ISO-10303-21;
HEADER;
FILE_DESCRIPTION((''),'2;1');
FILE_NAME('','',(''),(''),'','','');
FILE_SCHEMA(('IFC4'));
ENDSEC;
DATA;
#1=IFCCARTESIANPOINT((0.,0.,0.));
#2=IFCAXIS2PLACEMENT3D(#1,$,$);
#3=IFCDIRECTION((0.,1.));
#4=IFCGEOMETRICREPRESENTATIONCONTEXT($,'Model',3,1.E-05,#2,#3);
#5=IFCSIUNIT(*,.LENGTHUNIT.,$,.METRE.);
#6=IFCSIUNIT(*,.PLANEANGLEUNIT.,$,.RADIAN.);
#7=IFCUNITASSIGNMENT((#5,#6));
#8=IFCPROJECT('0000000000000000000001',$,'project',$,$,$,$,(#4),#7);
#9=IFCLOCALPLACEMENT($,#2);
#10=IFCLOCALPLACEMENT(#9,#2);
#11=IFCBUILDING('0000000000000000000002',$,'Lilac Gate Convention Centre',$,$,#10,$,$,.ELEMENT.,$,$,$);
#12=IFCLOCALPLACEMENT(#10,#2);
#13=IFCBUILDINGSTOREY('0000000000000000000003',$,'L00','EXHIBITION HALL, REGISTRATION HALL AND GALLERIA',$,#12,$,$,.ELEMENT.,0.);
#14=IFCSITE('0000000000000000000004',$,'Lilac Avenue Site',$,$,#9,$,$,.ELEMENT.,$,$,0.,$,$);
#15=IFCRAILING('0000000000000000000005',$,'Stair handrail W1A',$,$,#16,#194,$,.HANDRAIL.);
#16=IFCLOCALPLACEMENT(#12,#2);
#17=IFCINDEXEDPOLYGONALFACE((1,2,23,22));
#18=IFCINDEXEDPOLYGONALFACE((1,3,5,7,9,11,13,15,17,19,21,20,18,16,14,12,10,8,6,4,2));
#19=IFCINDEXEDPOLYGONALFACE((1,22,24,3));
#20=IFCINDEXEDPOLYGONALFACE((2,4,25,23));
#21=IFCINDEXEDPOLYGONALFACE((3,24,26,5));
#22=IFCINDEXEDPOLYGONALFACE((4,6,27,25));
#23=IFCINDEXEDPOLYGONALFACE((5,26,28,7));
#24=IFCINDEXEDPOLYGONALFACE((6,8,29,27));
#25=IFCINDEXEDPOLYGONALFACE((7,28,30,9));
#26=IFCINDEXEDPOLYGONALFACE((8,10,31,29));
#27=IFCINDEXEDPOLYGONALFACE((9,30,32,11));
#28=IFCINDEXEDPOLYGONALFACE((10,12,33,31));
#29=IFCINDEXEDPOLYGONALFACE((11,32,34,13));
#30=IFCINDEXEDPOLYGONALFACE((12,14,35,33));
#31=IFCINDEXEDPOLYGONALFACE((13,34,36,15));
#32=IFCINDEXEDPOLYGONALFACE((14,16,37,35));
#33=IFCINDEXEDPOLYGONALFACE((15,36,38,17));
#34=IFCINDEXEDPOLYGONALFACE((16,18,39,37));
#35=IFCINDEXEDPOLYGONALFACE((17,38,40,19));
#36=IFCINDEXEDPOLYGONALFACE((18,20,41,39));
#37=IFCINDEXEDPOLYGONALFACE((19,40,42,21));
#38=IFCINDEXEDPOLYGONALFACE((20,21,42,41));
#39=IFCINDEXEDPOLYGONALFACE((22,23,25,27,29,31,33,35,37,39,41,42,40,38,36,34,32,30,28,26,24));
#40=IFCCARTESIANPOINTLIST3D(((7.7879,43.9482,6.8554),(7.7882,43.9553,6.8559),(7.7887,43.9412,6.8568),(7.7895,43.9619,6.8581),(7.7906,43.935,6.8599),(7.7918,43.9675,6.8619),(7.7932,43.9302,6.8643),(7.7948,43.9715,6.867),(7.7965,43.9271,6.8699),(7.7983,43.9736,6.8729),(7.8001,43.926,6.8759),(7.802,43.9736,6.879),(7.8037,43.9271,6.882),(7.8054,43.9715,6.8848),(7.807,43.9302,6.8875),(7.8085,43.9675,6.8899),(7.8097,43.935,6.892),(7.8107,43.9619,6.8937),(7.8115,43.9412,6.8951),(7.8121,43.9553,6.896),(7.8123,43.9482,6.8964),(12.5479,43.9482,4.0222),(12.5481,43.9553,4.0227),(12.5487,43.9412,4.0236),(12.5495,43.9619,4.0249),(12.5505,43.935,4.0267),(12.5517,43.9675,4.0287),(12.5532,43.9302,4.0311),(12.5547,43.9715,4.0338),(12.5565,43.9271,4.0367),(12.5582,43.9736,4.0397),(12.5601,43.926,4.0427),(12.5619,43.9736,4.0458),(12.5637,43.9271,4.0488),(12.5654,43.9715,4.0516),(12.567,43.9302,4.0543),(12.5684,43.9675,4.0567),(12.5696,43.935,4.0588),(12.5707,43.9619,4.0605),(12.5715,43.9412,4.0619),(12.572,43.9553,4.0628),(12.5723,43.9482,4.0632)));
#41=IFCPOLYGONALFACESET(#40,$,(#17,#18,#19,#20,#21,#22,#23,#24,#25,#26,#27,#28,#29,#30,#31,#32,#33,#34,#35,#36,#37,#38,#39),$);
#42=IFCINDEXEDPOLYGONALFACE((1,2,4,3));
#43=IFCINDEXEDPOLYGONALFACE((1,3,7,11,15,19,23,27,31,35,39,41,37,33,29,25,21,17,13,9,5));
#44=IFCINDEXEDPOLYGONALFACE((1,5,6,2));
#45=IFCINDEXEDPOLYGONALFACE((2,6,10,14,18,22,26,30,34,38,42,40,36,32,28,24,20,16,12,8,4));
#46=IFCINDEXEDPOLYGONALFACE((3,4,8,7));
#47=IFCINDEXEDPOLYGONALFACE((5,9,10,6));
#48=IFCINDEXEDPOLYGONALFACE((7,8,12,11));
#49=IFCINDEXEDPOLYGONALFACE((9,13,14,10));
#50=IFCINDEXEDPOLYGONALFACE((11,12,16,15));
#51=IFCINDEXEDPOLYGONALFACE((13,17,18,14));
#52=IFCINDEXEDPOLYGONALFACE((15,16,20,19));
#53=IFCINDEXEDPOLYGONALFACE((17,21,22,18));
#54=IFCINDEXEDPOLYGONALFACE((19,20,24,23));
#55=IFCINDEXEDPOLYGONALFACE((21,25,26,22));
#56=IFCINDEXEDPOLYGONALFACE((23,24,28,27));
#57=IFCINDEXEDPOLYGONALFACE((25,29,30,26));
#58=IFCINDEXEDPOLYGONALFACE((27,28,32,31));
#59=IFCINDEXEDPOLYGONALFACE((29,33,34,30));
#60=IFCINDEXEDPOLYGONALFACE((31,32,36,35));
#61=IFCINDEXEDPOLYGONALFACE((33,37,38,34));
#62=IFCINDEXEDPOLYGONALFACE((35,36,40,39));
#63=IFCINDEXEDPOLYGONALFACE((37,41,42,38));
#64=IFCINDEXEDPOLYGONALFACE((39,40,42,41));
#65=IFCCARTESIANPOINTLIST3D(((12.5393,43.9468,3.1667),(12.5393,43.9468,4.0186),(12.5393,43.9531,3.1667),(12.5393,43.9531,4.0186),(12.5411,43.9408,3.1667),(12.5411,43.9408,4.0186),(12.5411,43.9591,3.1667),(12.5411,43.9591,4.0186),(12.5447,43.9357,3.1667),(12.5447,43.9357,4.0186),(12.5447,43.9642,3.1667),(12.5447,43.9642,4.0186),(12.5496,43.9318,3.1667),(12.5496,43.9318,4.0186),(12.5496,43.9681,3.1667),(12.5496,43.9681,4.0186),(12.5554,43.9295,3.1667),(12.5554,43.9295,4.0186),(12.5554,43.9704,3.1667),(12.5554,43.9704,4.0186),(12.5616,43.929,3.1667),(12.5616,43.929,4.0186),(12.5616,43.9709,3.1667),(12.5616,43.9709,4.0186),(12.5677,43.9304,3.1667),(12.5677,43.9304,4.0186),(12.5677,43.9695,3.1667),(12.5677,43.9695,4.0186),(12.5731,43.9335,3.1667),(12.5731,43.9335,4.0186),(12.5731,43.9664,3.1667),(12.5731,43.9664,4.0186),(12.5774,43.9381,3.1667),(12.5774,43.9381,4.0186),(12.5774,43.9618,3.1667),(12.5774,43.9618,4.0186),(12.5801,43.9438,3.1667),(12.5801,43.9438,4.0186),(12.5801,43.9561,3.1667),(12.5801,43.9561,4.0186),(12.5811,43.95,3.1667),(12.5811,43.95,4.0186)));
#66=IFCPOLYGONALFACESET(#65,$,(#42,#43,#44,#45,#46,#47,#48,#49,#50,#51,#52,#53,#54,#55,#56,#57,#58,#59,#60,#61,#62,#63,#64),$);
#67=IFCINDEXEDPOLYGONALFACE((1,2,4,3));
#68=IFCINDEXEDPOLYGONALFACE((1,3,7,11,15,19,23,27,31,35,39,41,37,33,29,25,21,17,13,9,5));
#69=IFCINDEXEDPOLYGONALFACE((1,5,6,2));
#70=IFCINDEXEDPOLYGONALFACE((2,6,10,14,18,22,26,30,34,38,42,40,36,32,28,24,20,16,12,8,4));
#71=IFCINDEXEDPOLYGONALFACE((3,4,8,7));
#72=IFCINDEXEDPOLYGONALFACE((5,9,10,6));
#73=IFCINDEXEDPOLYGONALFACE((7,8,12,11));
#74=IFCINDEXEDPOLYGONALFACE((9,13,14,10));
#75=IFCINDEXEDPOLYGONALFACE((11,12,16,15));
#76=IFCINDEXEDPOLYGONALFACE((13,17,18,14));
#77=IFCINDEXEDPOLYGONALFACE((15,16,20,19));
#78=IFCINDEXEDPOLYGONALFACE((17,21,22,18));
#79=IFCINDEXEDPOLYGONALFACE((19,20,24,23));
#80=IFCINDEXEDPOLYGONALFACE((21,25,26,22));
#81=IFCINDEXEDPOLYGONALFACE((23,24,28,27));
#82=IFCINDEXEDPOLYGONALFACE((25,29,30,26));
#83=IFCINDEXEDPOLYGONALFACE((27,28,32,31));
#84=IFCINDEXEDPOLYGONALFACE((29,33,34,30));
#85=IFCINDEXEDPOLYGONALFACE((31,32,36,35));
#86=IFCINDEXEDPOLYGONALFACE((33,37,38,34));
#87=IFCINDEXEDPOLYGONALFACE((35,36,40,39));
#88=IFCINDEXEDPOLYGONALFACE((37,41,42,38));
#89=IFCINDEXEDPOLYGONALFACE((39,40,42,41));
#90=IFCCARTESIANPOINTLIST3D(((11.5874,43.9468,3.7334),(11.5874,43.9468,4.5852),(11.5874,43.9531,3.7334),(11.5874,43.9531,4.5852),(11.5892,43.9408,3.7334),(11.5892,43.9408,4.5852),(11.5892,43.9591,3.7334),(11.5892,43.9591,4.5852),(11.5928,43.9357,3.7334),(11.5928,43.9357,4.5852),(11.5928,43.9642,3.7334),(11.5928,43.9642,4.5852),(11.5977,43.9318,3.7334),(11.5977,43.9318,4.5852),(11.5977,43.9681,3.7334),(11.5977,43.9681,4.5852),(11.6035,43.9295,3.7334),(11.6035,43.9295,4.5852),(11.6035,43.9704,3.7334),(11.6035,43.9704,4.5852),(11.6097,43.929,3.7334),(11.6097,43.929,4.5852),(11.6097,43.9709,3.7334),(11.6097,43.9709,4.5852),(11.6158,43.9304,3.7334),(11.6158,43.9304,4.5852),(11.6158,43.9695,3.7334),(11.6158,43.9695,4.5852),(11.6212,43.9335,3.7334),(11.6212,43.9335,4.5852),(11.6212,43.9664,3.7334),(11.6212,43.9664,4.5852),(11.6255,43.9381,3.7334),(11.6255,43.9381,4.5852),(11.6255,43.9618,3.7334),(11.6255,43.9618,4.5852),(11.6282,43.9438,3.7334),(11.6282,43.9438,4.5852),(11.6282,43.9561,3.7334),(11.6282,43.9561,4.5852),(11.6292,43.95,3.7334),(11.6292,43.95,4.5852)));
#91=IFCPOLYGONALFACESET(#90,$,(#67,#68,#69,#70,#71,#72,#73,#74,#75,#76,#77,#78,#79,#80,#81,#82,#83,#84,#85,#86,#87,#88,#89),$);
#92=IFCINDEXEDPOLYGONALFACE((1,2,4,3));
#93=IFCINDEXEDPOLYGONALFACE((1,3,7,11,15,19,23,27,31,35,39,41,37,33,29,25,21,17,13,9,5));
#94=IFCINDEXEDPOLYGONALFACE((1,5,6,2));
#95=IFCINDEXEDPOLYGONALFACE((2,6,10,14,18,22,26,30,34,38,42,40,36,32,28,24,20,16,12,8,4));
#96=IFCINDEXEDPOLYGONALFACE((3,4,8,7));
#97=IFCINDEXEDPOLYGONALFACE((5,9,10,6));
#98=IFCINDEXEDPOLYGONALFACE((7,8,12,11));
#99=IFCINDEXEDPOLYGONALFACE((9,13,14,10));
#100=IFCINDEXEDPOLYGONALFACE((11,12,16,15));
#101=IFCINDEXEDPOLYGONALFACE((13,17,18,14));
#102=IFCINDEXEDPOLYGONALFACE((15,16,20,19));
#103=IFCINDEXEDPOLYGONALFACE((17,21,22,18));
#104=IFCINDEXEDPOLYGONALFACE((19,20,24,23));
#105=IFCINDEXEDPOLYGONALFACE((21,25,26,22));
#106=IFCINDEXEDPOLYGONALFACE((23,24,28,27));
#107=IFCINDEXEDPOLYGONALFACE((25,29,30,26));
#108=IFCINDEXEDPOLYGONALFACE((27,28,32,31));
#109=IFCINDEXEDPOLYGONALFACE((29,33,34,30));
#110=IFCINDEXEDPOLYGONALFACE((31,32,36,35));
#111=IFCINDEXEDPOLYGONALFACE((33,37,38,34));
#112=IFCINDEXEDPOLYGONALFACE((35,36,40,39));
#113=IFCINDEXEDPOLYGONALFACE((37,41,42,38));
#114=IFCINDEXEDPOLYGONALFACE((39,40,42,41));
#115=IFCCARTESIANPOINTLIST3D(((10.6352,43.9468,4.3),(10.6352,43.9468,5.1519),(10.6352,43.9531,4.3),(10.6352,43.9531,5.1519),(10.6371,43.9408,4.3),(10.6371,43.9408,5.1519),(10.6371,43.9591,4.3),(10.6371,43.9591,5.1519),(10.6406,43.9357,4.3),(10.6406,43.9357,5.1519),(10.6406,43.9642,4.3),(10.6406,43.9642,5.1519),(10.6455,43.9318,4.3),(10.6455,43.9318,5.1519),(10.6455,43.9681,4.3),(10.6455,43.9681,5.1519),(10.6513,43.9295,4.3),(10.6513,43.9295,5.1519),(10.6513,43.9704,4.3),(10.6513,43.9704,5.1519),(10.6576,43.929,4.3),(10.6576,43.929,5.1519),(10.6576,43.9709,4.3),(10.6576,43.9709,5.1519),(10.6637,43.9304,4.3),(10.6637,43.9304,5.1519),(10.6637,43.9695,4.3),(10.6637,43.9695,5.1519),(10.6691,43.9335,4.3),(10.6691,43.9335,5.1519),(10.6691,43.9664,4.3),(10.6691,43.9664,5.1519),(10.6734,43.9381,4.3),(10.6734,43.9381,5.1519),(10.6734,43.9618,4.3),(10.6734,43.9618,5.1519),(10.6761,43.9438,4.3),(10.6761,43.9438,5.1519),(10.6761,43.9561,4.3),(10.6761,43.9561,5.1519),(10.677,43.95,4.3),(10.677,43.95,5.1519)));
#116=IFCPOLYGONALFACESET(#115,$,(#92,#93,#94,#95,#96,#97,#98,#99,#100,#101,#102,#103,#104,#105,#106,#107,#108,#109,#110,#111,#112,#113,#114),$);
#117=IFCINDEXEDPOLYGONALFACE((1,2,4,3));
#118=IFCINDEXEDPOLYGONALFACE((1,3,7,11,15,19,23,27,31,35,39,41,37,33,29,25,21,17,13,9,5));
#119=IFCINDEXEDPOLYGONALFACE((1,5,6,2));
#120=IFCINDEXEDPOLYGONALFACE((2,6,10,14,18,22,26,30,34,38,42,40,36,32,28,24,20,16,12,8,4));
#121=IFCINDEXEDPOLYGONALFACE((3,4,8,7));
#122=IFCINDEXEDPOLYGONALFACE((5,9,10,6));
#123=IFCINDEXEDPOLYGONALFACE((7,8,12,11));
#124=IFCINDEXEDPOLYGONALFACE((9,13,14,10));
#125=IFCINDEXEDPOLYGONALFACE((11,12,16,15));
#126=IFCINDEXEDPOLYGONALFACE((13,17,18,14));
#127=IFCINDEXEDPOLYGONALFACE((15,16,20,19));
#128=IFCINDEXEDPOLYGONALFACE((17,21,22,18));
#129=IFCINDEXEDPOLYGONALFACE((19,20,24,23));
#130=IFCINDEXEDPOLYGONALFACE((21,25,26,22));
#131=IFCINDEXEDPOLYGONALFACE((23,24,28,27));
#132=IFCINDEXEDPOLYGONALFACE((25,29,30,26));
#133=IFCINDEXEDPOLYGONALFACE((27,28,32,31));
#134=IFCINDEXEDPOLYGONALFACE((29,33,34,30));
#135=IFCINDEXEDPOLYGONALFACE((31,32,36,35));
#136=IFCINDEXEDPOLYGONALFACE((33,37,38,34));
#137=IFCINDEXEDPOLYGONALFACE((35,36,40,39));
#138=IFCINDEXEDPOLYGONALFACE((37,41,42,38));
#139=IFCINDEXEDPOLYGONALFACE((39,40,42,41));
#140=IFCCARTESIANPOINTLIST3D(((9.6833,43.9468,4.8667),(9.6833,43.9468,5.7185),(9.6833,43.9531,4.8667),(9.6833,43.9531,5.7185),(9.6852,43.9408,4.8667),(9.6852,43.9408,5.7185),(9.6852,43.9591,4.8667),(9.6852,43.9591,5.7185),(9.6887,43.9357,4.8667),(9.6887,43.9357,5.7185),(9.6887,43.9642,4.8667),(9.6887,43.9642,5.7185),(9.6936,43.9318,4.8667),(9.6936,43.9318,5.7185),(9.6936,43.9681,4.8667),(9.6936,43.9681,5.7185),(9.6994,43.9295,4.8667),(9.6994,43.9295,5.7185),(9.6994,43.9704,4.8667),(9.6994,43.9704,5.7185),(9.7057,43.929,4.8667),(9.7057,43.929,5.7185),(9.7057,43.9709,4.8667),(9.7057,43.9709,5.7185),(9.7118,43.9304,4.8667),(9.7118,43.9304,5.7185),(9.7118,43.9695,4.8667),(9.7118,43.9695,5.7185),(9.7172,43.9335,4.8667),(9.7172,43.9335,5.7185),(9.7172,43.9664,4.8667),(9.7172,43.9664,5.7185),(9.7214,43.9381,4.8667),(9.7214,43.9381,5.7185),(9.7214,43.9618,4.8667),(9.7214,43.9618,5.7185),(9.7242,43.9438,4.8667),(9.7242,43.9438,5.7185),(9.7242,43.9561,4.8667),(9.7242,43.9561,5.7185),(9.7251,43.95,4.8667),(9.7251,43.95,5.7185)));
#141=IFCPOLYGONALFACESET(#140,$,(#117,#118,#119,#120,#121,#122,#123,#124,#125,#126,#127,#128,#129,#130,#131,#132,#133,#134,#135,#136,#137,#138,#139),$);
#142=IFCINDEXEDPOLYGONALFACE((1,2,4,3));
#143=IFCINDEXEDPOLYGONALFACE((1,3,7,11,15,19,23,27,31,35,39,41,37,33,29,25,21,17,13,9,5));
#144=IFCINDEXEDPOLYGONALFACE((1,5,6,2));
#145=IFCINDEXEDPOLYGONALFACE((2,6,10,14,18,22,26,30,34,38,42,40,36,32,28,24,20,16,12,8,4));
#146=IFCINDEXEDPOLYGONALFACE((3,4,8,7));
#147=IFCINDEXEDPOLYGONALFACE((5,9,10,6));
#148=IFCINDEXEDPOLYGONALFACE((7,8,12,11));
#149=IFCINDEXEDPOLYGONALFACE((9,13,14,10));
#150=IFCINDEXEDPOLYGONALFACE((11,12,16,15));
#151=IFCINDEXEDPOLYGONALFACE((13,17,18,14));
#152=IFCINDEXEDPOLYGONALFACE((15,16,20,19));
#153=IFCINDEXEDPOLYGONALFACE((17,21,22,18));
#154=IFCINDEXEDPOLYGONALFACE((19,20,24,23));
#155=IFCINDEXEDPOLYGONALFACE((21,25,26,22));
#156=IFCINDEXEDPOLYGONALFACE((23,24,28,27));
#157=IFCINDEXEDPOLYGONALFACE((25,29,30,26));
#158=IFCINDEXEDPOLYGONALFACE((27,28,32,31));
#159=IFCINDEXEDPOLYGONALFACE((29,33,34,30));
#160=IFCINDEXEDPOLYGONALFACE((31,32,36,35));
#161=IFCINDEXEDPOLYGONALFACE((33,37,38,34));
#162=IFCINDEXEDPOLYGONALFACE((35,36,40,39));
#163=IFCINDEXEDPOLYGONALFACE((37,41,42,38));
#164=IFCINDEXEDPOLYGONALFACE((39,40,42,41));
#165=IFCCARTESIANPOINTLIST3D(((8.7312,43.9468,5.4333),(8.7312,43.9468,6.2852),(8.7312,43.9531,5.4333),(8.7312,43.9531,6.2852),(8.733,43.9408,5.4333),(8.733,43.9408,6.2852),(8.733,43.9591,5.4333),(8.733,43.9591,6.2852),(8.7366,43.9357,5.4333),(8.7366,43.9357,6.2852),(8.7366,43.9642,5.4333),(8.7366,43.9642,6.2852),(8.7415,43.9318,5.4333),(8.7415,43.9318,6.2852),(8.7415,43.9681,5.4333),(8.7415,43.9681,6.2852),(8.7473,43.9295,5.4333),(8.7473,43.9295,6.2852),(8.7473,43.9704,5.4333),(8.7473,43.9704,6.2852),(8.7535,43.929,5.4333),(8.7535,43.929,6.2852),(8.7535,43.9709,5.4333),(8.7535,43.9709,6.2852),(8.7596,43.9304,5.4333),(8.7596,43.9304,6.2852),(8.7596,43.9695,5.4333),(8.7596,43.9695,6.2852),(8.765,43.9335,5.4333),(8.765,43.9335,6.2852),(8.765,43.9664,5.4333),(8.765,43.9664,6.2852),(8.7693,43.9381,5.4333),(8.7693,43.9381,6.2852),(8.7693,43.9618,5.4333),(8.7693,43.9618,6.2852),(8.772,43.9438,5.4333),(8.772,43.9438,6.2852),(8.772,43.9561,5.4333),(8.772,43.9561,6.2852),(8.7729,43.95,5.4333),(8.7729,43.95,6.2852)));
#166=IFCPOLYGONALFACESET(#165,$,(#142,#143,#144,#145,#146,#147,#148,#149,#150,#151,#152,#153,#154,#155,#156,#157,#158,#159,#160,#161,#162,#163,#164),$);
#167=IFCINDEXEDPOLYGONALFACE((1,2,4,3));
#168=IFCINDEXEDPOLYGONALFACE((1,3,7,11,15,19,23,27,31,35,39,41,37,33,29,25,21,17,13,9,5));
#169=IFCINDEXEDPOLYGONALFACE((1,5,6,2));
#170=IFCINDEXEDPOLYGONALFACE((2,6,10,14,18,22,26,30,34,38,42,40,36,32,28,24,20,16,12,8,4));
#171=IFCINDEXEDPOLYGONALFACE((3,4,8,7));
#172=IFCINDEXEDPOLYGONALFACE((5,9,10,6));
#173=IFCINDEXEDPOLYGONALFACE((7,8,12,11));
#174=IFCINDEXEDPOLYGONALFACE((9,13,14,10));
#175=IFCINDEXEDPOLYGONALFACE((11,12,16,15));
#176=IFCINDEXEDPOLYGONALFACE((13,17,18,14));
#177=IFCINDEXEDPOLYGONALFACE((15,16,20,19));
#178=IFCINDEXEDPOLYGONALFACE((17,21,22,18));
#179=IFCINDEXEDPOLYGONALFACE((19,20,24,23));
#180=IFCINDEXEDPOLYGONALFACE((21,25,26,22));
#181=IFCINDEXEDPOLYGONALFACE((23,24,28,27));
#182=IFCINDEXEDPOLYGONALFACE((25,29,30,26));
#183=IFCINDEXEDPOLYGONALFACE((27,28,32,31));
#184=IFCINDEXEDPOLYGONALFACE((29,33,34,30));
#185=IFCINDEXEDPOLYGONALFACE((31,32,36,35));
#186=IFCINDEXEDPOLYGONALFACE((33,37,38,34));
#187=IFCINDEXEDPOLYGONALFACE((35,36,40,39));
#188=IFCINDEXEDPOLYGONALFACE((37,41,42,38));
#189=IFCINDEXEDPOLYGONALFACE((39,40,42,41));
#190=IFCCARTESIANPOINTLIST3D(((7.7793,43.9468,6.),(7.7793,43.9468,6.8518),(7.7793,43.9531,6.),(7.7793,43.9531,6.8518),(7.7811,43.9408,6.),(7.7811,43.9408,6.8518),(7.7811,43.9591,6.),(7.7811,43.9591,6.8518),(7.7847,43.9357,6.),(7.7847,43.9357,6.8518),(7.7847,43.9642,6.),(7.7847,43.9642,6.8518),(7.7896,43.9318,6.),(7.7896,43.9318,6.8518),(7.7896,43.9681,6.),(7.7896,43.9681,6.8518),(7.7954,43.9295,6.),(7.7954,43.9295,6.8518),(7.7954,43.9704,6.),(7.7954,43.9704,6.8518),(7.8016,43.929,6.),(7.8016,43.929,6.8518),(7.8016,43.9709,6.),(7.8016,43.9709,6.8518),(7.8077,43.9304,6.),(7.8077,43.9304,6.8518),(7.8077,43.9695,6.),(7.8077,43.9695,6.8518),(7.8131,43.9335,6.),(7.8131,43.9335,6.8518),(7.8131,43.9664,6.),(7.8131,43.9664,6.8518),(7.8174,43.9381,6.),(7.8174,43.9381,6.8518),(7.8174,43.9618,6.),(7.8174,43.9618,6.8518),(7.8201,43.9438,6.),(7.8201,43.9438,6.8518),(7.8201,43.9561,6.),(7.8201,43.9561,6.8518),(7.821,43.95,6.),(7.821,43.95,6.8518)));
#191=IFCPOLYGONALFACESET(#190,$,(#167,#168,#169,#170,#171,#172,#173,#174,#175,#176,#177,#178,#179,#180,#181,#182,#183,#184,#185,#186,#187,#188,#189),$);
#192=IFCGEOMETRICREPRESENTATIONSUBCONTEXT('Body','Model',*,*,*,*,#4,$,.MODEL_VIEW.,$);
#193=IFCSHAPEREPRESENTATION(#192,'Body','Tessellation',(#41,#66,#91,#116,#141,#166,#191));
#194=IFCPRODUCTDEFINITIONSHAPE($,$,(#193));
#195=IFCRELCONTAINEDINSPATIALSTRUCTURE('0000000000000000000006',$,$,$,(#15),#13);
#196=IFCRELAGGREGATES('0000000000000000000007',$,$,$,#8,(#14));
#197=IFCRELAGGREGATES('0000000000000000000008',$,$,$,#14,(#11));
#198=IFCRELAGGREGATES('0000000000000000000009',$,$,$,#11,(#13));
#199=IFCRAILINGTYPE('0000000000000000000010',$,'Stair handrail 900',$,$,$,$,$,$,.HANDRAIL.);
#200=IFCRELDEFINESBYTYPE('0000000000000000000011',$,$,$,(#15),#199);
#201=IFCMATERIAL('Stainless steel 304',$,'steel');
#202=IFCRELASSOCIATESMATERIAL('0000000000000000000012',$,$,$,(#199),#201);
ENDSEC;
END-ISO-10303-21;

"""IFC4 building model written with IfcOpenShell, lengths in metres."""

from ifc_helpers import new_model, si_unit, direction, frame, origin, origin_2d, place, context, subcontext, project, spatial, circle, extrude, material, type_object, element, save


model = new_model("IFC4")

# Units and contexts
model_context = context("Model", 3, precision=1e-05, world=origin(), true_north=direction((0.0, 1.0)))
body_context = subcontext(model_context, "Body", "Model", "MODEL_VIEW")
ifc_project = project(units=[si_unit("LENGTHUNIT", "METRE"), si_unit("PLANEANGLEUNIT", "RADIAN")], contexts=[model_context])

# Site, building, storey
site_placement = place(None, origin())
site = spatial("IfcSite", under=ifc_project, at=site_placement, Name="Lilac Avenue Site", CompositionType="ELEMENT", RefElevation=0.0)
building_placement = place(site_placement, origin())
building = spatial("IfcBuilding", under=site, at=building_placement, Name="Lilac Gate Convention Centre", CompositionType="ELEMENT")
storey_placement = place(building_placement, origin())
storey = spatial("IfcBuildingStorey", under=building, at=storey_placement, Name="L00", Description="EXHIBITION HALL, REGISTRATION HALL AND GALLERIA", CompositionType="ELEMENT", Elevation=0.0)

# Railing
ifc_material_1 = material(Name="Stainless steel 304", Category="steel")
railing_type_1 = type_object("IfcRailingType", Name="Stair handrail 900", PredefinedType="HANDRAIL", material=ifc_material_1)
for number, where, name in (
    (1, (12.5601, 43.95, 3.1667), "Stair handrail W1A"),
):
    element("IfcRailing", number, at=place(storey_placement, frame(where)), inside=storey, type_object=railing_type_1, Name=name, PredefinedType="HANDRAIL", context=body_context, shape_type="SweptSolid", body=[
        extrude(circle(Radius=0.0239, at=origin_2d()), frame((0.0, 0.0, 0.876), z_axis=(-0.8593, 0.0, 0.511472), x_axis=(0.0, -1.0, 0.0)), (0.0, 0.0, 1.0), 5.5393),
        extrude(circle(Radius=0.021, at=origin_2d()), origin(), (0.0, 0.0, 1.0), 0.8518),
        extrude(circle(Radius=0.021, at=origin_2d()), frame((-0.9519, 0.0, 0.5667)), (0.0, 0.0, 1.0), 0.8518),
        extrude(circle(Radius=0.021, at=origin_2d()), frame((-1.9041, 0.0, 1.1333)), (0.0, 0.0, 1.0), 0.8518),
        extrude(circle(Radius=0.021, at=origin_2d()), frame((-2.856, 0.0, 1.7)), (0.0, 0.0, 1.0), 0.8518),
        extrude(circle(Radius=0.021, at=origin_2d()), frame((-3.8081, 0.0, 2.2666)), (0.0, 0.0, 1.0), 0.8518),
        extrude(circle(Radius=0.021, at=origin_2d()), frame((-4.76, 0.0, 2.8333)), (0.0, 0.0, 1.0), 0.8518),
    ])

save(model, "model.ifc")
